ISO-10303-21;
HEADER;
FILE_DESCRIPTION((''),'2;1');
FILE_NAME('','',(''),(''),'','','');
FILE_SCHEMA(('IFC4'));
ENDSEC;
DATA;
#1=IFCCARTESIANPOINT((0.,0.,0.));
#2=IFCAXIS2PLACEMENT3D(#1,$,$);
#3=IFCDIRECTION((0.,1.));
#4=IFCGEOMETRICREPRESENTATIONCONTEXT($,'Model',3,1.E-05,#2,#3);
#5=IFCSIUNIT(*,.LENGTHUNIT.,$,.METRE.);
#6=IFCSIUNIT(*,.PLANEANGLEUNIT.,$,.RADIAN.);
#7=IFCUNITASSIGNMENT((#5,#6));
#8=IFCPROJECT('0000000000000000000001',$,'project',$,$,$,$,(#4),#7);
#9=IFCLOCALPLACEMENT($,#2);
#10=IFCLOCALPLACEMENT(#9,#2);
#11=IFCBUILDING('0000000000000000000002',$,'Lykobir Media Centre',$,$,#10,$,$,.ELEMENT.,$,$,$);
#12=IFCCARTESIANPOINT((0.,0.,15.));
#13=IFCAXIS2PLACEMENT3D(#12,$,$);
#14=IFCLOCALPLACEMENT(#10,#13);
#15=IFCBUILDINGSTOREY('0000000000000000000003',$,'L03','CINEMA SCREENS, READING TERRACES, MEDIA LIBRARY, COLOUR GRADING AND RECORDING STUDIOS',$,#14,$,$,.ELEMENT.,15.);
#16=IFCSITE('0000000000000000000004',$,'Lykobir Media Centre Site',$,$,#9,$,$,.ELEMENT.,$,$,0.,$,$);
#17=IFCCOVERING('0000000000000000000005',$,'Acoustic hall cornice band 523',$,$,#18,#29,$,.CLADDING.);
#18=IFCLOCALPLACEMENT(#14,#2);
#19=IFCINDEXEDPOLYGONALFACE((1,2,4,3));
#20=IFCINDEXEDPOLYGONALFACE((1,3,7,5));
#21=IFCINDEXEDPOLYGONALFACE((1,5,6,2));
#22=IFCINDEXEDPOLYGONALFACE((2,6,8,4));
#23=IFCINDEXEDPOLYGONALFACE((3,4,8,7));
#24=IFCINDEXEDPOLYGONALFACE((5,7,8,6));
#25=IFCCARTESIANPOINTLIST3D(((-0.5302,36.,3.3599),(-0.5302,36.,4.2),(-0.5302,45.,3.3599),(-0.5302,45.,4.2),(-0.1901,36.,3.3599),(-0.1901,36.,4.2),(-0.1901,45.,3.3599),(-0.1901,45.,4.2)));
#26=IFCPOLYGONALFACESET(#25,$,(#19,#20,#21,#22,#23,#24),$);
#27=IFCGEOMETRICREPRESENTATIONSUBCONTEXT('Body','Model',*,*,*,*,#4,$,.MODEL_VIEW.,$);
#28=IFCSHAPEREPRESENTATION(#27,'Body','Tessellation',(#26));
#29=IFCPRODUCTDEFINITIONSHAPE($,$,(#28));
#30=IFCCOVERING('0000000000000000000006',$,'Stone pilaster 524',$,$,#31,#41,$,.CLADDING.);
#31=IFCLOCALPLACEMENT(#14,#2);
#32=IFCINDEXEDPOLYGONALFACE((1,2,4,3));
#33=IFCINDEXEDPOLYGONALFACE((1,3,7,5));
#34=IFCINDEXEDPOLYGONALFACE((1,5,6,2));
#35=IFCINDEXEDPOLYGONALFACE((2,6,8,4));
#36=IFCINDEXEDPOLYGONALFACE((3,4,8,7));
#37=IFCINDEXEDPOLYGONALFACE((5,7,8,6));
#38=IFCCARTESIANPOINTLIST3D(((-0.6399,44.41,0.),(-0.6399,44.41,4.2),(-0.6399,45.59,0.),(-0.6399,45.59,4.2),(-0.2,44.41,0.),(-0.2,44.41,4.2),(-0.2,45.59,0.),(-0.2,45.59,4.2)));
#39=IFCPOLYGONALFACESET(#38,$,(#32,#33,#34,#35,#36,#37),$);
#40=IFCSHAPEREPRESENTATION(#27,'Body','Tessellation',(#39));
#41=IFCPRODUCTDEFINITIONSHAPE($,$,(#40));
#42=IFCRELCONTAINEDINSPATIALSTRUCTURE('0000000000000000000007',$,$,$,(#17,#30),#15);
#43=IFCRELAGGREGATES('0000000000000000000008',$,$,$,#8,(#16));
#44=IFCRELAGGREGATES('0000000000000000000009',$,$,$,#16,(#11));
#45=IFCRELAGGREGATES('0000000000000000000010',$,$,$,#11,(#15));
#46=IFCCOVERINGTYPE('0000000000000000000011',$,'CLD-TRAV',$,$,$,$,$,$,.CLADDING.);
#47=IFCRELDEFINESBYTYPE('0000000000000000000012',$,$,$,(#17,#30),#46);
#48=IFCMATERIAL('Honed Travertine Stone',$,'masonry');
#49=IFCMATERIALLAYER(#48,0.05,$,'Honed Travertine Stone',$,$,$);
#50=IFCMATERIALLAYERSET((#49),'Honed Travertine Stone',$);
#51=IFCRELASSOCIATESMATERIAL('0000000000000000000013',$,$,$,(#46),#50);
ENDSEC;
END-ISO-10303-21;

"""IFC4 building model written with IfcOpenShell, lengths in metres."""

from ifc_helpers import new_model, si_unit, direction, frame, origin, origin_2d, place, context, subcontext, project, spatial, rectangle, extrude, material, layer, layer_set, type_object, element, save


model = new_model("IFC4")

# Units and contexts
model_context = context("Model", 3, precision=1e-05, world=origin(), true_north=direction((0.0, 1.0)))
body_context = subcontext(model_context, "Body", "Model", "MODEL_VIEW")
ifc_project = project(units=[si_unit("LENGTHUNIT", "METRE"), si_unit("PLANEANGLEUNIT", "RADIAN")], contexts=[model_context])

# Site, building, storey
site_placement = place(None, origin())
site = spatial("IfcSite", under=ifc_project, at=site_placement, Name="Lykobir Media Centre Site", CompositionType="ELEMENT", RefElevation=0.0)
building_placement = place(site_placement, origin())
building = spatial("IfcBuilding", under=site, at=building_placement, Name="Lykobir Media Centre", CompositionType="ELEMENT")
storey_placement = place(building_placement, frame((0.0, 0.0, 15.0)))
storey = spatial("IfcBuildingStorey", under=building, at=storey_placement, Name="L03", Description="CINEMA SCREENS, READING TERRACES, MEDIA LIBRARY, COLOUR GRADING AND RECORDING STUDIOS", CompositionType="ELEMENT", Elevation=15.0)

# Coverings
ifc_material_1 = material(Name="Honed Travertine Stone", Category="masonry")
ifc_layer_1 = layer(ifc_material_1, 0.05, Name="Honed Travertine Stone")
ifc_layer_set_1 = layer_set([ifc_layer_1], Name="Honed Travertine Stone")
covering_type = type_object("IfcCoveringType", Name="CLD-TRAV", PredefinedType="CLADDING", material=ifc_layer_set_1)
covering_1_placement = place(storey_placement, frame((-0.3601, 40.5, 3.3599), z_axis=(0.0, 0.0, 1.0), x_axis=(0.0, -1.0, 0.0)))
element("IfcCovering", 1, at=covering_1_placement, inside=storey, type_object=covering_type, Name="Acoustic hall cornice band 523", PredefinedType="CLADDING", context=body_context, shape_type="SweptSolid", body=[
    extrude(rectangle(XDim=9.0, YDim=0.3401, at=origin_2d()), origin(), (0.0, 0.0, 1.0), 0.8401),
])
covering_2_placement = place(storey_placement, frame((-0.4199, 45.0, 0.0), z_axis=(0.0, 0.0, 1.0), x_axis=(0.0, -1.0, 0.0)))
element("IfcCovering", 2, at=covering_2_placement, inside=storey, type_object=covering_type, Name="Stone pilaster 524", PredefinedType="CLADDING", context=body_context, shape_type="SweptSolid", body=[
    extrude(rectangle(XDim=1.1799, YDim=0.4399, at=origin_2d()), origin(), (0.0, 0.0, 1.0), 4.2),
])

save(model, "model.ifc")
